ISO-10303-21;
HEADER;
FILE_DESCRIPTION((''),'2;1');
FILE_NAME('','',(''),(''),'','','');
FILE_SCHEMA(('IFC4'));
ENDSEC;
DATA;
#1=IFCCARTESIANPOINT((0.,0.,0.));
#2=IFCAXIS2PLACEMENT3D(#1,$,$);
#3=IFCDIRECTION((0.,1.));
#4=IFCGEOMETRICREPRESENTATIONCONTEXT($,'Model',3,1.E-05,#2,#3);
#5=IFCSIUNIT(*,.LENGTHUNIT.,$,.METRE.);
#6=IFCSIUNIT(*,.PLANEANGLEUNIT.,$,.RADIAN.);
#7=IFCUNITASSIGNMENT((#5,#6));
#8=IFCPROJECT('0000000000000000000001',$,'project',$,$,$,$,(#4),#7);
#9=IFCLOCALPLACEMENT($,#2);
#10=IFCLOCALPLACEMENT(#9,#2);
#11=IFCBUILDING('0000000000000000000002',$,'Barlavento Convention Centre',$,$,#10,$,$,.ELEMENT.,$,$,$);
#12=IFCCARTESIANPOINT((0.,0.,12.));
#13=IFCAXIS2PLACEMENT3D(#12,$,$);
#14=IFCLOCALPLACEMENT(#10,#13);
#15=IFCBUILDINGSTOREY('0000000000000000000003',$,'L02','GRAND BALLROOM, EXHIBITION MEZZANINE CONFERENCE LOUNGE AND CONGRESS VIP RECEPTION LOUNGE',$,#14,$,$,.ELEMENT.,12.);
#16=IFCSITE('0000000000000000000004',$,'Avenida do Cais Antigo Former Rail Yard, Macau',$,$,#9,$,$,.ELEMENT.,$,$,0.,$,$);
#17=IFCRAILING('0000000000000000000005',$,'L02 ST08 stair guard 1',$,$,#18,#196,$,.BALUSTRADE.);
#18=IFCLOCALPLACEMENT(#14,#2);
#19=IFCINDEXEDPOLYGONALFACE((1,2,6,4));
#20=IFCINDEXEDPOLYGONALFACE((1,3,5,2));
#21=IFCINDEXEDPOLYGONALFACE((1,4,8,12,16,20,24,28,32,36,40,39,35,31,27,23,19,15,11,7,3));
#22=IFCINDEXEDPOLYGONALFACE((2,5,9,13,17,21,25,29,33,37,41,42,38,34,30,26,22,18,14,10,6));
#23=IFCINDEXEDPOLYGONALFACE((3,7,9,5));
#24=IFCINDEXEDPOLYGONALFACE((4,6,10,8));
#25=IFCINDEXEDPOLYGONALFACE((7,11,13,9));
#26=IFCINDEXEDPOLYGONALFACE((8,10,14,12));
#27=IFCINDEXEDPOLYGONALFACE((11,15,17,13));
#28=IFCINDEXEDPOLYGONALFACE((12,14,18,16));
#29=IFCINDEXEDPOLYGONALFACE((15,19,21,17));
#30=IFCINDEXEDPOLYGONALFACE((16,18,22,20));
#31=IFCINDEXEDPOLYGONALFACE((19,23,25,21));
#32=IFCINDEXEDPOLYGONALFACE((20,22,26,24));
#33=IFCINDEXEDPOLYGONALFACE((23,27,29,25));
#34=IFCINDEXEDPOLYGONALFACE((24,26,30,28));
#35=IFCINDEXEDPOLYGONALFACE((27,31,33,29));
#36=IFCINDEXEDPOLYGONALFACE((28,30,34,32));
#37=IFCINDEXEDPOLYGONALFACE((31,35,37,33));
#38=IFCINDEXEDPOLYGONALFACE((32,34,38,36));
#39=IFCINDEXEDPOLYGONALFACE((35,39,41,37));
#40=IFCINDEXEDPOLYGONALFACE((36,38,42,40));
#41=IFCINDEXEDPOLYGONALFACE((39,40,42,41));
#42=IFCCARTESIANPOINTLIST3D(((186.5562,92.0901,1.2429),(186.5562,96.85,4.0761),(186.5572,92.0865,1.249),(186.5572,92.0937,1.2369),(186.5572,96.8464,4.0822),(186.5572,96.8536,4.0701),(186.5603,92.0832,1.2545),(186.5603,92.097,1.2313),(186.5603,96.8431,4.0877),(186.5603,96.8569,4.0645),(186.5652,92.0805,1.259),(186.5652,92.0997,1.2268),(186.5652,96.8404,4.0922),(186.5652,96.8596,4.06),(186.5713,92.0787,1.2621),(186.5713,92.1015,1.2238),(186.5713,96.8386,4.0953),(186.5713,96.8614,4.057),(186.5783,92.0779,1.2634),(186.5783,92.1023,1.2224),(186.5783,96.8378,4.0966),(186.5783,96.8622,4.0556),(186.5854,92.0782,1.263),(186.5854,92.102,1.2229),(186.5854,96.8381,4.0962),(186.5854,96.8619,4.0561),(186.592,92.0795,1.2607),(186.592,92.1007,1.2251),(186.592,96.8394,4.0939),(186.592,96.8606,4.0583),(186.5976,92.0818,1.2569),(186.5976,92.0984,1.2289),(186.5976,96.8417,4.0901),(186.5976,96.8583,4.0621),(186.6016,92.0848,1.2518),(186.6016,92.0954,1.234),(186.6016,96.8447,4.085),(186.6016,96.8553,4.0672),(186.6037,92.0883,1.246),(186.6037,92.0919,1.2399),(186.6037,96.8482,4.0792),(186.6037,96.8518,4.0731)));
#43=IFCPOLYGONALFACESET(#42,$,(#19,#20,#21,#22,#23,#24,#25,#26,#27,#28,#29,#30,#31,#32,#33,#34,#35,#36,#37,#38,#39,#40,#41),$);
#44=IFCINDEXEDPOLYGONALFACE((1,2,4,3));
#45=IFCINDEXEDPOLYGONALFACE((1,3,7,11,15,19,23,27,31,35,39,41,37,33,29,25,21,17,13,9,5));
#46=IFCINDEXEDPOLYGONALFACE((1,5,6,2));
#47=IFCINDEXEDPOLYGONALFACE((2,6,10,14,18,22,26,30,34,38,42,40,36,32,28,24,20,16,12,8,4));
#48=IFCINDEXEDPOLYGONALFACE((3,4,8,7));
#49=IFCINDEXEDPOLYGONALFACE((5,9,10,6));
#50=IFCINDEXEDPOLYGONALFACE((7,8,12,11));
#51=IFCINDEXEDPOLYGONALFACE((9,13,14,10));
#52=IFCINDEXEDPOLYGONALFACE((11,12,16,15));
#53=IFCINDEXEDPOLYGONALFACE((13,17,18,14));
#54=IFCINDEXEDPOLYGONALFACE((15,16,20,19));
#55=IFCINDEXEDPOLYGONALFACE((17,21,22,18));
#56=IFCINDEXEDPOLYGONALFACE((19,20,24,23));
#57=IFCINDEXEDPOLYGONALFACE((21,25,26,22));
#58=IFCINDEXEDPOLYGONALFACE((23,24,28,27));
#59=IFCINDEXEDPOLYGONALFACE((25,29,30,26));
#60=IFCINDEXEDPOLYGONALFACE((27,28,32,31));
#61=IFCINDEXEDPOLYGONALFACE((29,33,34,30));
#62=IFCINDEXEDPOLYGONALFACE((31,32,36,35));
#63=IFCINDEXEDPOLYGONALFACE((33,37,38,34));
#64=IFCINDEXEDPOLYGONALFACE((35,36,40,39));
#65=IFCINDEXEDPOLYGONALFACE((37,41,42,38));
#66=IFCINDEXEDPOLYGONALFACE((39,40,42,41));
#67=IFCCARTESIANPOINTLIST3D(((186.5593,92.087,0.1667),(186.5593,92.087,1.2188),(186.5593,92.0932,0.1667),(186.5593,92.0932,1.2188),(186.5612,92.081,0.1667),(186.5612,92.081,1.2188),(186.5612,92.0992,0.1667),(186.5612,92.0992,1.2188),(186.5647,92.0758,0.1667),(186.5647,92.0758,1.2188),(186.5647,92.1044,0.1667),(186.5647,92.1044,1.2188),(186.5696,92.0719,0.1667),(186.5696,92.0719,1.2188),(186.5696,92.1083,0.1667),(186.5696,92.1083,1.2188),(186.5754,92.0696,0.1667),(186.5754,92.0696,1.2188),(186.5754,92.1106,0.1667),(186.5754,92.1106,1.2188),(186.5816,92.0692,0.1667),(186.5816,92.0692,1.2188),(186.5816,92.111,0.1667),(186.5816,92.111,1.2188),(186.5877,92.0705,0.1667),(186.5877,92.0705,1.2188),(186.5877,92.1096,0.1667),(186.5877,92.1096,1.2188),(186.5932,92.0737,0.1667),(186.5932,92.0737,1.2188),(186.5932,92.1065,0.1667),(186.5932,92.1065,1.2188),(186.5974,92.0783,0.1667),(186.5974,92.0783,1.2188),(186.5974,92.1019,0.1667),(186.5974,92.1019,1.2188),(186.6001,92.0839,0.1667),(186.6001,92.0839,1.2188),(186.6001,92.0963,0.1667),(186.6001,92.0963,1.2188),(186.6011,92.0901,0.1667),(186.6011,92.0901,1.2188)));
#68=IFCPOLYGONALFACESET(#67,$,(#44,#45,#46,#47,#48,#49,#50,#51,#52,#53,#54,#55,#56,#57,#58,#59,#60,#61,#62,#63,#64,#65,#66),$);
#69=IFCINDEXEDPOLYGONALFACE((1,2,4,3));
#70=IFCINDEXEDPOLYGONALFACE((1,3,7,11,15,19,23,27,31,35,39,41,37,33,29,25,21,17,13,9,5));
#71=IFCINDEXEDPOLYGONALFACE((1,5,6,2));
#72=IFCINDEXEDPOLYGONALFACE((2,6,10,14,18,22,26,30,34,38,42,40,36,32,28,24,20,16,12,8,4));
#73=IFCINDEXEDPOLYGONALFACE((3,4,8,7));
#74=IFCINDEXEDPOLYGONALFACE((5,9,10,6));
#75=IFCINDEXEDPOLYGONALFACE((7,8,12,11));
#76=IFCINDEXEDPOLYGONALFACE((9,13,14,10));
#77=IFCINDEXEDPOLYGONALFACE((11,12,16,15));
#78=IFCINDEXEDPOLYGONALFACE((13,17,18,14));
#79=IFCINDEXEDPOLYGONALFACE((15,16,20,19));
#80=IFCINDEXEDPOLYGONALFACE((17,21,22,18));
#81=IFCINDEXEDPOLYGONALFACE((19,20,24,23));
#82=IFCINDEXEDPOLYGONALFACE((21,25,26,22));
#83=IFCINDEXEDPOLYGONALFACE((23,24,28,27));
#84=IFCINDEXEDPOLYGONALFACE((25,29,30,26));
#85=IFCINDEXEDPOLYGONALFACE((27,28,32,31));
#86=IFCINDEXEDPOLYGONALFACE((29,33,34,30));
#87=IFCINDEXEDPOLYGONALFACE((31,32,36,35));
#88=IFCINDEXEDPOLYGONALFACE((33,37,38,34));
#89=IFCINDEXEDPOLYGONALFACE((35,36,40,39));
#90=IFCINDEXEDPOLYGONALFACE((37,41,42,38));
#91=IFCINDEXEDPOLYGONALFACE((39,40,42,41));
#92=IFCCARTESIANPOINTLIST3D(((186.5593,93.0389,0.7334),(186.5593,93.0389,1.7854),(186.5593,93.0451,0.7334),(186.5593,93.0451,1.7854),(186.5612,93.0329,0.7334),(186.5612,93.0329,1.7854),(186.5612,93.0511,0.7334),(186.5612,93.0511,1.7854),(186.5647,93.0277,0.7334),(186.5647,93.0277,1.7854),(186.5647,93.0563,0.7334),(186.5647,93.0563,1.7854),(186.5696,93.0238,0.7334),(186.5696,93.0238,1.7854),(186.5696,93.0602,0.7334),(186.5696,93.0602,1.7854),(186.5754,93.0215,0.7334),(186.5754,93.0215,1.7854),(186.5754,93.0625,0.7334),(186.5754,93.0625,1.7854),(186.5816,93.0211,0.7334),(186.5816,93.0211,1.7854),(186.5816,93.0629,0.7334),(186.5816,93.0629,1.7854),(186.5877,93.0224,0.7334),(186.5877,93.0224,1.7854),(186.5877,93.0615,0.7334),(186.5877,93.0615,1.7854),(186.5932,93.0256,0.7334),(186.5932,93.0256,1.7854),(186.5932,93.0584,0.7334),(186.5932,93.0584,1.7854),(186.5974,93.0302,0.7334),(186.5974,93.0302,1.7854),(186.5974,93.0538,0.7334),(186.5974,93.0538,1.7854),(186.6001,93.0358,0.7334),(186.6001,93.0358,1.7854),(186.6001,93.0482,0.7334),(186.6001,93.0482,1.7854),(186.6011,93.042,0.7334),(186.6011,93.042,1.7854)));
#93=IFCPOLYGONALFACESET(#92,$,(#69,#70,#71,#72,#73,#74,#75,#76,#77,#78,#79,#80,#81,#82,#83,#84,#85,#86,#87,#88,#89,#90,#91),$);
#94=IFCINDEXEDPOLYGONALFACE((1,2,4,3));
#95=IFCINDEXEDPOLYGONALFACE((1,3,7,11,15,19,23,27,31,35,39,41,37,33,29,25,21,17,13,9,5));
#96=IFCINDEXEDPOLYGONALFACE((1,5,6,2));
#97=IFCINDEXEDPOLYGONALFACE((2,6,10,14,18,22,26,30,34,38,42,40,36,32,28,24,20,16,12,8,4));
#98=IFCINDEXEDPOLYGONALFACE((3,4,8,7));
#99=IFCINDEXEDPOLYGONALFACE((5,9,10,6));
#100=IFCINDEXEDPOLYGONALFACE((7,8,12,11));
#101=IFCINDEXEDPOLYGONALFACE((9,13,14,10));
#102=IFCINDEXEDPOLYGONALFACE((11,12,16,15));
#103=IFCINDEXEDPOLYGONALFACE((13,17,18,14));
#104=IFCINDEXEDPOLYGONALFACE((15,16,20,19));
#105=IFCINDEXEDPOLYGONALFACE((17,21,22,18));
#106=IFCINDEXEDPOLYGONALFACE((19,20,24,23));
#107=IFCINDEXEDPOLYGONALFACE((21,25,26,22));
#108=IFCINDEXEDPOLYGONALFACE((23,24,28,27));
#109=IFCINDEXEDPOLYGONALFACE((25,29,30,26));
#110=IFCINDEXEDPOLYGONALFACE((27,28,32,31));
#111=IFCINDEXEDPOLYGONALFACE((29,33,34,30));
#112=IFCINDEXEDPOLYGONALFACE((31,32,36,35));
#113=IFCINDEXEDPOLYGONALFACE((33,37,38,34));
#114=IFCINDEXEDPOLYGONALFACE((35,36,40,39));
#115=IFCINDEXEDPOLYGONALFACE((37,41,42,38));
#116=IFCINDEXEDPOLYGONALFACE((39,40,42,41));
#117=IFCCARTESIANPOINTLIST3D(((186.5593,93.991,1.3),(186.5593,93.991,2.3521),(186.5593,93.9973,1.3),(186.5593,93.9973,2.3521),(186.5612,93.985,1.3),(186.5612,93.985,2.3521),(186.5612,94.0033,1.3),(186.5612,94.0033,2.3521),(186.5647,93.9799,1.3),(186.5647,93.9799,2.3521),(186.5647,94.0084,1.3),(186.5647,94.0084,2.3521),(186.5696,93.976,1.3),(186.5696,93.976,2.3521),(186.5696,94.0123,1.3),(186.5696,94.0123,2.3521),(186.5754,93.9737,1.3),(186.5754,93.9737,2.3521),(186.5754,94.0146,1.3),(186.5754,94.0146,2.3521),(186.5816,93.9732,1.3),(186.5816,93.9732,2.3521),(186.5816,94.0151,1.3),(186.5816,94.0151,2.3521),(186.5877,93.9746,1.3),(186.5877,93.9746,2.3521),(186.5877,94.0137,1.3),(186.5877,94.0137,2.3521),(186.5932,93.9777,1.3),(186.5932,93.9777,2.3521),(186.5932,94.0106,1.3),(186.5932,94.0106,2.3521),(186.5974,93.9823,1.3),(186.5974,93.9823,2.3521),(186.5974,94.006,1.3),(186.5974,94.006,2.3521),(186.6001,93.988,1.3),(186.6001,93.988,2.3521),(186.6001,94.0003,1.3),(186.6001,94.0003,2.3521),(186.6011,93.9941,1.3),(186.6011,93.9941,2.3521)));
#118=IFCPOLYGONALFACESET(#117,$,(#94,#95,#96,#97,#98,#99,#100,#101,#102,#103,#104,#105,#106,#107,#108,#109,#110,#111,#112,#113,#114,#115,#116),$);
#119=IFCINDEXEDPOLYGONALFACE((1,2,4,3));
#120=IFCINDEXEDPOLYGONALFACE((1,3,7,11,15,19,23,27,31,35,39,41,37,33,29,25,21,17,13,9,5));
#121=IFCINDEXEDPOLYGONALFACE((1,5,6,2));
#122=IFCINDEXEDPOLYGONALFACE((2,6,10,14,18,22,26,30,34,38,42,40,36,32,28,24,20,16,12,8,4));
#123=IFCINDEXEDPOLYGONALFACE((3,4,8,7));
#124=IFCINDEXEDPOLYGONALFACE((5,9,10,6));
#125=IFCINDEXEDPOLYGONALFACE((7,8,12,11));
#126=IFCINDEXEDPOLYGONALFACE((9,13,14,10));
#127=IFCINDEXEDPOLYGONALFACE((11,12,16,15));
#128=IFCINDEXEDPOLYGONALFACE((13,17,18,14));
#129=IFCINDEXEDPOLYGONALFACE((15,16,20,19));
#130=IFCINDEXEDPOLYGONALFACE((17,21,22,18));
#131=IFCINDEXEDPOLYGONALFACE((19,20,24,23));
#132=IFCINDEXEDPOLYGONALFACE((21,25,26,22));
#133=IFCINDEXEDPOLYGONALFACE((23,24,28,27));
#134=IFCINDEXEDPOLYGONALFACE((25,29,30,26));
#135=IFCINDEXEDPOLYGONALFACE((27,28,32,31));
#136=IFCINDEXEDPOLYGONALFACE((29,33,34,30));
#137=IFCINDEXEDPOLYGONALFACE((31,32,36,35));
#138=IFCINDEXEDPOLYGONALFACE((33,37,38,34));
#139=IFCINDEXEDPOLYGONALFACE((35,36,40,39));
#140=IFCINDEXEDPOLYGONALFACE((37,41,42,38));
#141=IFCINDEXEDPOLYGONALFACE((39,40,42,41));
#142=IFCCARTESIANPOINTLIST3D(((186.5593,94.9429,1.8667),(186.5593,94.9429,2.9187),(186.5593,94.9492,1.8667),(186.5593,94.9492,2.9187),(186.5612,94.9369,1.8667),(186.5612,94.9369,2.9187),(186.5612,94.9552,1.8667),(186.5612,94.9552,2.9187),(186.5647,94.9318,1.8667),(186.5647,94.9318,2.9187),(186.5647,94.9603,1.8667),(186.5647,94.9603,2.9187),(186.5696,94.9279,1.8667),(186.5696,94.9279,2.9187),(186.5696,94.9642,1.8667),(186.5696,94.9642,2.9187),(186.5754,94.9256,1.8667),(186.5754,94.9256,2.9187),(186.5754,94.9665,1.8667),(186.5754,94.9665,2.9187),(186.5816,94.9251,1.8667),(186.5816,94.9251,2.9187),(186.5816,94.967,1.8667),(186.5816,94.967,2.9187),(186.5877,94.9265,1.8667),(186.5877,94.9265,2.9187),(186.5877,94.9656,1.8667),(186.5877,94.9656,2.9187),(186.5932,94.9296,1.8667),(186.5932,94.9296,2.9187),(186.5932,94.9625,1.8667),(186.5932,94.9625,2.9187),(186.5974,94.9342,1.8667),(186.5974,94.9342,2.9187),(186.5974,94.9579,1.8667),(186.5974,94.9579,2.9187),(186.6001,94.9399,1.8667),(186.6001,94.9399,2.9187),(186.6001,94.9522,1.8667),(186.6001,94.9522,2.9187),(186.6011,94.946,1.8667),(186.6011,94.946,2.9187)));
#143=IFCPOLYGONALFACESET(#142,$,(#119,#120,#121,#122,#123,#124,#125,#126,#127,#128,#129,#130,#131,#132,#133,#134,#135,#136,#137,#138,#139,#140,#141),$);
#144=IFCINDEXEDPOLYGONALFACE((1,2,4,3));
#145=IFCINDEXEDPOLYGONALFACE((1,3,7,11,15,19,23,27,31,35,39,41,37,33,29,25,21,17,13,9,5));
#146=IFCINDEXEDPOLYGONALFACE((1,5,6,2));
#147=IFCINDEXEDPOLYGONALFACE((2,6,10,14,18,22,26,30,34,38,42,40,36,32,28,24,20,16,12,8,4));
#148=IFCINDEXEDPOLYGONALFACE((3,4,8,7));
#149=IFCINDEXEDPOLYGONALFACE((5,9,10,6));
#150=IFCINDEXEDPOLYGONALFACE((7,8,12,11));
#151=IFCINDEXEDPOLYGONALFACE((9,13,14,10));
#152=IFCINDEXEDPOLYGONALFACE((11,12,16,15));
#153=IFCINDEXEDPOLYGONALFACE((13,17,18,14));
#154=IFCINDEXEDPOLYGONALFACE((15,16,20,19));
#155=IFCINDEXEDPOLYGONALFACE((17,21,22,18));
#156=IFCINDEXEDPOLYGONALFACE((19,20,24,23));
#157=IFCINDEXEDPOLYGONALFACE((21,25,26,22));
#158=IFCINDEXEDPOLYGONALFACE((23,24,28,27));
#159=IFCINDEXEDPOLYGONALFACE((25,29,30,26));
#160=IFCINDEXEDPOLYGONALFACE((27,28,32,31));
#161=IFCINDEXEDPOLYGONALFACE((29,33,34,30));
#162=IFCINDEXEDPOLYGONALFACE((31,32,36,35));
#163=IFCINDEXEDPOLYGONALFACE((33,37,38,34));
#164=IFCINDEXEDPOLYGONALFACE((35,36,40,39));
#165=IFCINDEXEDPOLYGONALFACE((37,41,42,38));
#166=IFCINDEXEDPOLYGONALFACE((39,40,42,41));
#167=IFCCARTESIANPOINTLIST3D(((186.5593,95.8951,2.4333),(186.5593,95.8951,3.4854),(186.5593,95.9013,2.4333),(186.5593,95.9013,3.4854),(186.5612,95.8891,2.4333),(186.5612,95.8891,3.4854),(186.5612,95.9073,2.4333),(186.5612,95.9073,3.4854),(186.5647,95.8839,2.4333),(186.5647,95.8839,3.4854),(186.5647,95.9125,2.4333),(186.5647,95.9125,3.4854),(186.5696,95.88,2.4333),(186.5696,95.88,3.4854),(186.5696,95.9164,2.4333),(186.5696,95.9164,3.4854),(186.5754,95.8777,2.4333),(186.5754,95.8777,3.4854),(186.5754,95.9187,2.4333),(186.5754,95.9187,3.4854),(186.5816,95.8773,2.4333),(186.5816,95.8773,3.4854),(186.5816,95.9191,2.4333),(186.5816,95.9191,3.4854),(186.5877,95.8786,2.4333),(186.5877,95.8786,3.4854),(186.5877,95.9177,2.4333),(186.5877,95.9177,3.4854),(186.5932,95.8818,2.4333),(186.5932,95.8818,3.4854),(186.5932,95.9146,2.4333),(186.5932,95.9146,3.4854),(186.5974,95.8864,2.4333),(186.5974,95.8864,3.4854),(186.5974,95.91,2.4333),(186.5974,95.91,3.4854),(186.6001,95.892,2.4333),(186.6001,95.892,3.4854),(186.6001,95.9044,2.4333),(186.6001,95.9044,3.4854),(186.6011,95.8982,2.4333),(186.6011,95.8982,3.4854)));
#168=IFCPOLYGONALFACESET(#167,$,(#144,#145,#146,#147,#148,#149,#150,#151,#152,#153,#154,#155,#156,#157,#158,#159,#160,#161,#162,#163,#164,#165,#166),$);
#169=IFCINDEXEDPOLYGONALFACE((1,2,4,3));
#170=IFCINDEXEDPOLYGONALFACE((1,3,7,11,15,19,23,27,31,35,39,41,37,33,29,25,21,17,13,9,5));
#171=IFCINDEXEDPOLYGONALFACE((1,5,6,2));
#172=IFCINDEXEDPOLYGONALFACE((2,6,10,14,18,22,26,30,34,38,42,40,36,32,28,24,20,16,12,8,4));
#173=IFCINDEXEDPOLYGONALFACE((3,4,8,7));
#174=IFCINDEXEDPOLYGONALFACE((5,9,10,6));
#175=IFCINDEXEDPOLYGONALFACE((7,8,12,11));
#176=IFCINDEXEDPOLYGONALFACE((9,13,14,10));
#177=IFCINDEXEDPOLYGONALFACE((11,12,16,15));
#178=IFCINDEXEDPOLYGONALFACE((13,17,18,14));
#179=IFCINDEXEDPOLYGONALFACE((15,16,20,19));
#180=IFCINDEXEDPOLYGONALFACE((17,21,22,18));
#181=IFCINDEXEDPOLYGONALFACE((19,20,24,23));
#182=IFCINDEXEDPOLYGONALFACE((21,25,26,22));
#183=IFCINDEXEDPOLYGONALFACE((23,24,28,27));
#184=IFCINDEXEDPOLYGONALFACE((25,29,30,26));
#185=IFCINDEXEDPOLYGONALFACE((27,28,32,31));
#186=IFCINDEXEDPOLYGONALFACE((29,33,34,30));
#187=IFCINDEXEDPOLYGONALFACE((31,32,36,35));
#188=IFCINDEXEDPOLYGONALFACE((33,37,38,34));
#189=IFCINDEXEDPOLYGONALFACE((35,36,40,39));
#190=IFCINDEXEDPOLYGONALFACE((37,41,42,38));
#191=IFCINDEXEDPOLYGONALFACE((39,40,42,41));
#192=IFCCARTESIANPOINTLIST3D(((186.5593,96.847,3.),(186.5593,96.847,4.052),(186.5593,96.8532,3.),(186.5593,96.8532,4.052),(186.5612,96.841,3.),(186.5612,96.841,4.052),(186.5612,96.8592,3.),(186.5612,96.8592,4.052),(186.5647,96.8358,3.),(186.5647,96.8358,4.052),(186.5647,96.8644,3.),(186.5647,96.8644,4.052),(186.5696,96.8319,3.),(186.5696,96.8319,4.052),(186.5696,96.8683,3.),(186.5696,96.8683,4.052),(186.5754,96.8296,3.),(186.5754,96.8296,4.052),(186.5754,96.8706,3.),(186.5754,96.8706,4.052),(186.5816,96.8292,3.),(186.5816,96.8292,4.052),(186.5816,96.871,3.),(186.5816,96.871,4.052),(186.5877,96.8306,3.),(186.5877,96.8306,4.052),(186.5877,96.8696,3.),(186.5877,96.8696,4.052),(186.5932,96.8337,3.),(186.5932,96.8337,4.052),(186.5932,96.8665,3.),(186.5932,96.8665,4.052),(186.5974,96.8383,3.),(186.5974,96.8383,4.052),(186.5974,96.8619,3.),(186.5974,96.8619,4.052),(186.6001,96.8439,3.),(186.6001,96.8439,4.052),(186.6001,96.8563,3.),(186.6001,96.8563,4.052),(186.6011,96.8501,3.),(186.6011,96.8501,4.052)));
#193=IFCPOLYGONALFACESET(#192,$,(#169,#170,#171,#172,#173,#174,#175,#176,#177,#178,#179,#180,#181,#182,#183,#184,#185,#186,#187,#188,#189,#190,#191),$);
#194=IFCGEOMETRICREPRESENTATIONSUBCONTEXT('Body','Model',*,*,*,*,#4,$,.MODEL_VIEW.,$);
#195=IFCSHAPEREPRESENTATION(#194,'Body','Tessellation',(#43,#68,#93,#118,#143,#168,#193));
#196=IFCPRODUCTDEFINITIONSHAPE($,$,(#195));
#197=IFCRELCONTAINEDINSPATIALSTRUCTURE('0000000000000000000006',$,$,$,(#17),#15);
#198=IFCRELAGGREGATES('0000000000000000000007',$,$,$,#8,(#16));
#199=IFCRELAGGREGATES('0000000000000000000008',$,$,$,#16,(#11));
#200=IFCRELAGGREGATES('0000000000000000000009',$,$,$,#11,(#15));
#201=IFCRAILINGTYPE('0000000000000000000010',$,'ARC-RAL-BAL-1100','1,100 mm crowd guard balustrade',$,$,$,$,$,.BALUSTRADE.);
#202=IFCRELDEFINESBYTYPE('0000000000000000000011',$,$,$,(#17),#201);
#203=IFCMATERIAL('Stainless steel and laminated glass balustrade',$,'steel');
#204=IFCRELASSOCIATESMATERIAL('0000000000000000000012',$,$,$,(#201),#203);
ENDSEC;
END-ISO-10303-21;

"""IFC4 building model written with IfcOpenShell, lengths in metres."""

from ifc_helpers import new_model, si_unit, direction, frame, origin, origin_2d, place, context, subcontext, project, spatial, circle, extrude, material, type_object, element, save


model = new_model("IFC4")

# Units and contexts
model_context = context("Model", 3, precision=1e-05, world=origin(), true_north=direction((0.0, 1.0)))
body_context = subcontext(model_context, "Body", "Model", "MODEL_VIEW")
ifc_project = project(units=[si_unit("LENGTHUNIT", "METRE"), si_unit("PLANEANGLEUNIT", "RADIAN")], contexts=[model_context])

# Site, building, storey
site_placement = place(None, origin())
site = spatial("IfcSite", under=ifc_project, at=site_placement, Name="Avenida do Cais Antigo Former Rail Yard, Macau", CompositionType="ELEMENT", RefElevation=0.0)
building_placement = place(site_placement, origin())
building = spatial("IfcBuilding", under=site, at=building_placement, Name="Barlavento Convention Centre", CompositionType="ELEMENT")
storey_placement = place(building_placement, frame((0.0, 0.0, 12.0)))
storey = spatial("IfcBuildingStorey", under=building, at=storey_placement, Name="L02", Description="GRAND BALLROOM, EXHIBITION MEZZANINE CONFERENCE LOUNGE AND CONGRESS VIP RECEPTION LOUNGE", CompositionType="ELEMENT", Elevation=12.0)

# Railing
ifc_material_1 = material(Name="Stainless steel and laminated glass balustrade", Category="steel")
railing_type_1 = type_object("IfcRailingType", Name="ARC-RAL-BAL-1100", Description="1,100 mm crowd guard balustrade", PredefinedType="BALUSTRADE", material=ifc_material_1)
railing_1_placement = place(storey_placement, frame((186.5801, 92.0901, 0.1667)))
element("IfcRailing", 1, at=railing_1_placement, inside=storey, type_object=railing_type_1, Name="L02 ST08 stair guard 1", PredefinedType="BALUSTRADE", context=body_context, shape_type="SweptSolid", body=[
    extrude(circle(Radius=0.0239, at=origin_2d()), frame((0.0, 0.0, 1.0762), z_axis=(0.0, 0.8593, 0.511472), x_axis=(-1.0, 0.0, 0.0)), (0.0, 0.0, 1.0), 5.5393),
    extrude(circle(Radius=0.021, at=origin_2d()), origin(), (0.0, 0.0, 1.0), 1.052),
    extrude(circle(Radius=0.021, at=origin_2d()), frame((0.0, 0.9519, 0.5667)), (0.0, 0.0, 1.0), 1.052),
    extrude(circle(Radius=0.021, at=origin_2d()), frame((0.0, 1.9041, 1.1333)), (0.0, 0.0, 1.0), 1.052),
    extrude(circle(Radius=0.021, at=origin_2d()), frame((0.0, 2.856, 1.7)), (0.0, 0.0, 1.0), 1.052),
    extrude(circle(Radius=0.021, at=origin_2d()), frame((0.0, 3.8081, 2.2666)), (0.0, 0.0, 1.0), 1.052),
    extrude(circle(Radius=0.021, at=origin_2d()), frame((0.0, 4.76, 2.8333)), (0.0, 0.0, 1.0), 1.052),
])

save(model, "model.ifc")
